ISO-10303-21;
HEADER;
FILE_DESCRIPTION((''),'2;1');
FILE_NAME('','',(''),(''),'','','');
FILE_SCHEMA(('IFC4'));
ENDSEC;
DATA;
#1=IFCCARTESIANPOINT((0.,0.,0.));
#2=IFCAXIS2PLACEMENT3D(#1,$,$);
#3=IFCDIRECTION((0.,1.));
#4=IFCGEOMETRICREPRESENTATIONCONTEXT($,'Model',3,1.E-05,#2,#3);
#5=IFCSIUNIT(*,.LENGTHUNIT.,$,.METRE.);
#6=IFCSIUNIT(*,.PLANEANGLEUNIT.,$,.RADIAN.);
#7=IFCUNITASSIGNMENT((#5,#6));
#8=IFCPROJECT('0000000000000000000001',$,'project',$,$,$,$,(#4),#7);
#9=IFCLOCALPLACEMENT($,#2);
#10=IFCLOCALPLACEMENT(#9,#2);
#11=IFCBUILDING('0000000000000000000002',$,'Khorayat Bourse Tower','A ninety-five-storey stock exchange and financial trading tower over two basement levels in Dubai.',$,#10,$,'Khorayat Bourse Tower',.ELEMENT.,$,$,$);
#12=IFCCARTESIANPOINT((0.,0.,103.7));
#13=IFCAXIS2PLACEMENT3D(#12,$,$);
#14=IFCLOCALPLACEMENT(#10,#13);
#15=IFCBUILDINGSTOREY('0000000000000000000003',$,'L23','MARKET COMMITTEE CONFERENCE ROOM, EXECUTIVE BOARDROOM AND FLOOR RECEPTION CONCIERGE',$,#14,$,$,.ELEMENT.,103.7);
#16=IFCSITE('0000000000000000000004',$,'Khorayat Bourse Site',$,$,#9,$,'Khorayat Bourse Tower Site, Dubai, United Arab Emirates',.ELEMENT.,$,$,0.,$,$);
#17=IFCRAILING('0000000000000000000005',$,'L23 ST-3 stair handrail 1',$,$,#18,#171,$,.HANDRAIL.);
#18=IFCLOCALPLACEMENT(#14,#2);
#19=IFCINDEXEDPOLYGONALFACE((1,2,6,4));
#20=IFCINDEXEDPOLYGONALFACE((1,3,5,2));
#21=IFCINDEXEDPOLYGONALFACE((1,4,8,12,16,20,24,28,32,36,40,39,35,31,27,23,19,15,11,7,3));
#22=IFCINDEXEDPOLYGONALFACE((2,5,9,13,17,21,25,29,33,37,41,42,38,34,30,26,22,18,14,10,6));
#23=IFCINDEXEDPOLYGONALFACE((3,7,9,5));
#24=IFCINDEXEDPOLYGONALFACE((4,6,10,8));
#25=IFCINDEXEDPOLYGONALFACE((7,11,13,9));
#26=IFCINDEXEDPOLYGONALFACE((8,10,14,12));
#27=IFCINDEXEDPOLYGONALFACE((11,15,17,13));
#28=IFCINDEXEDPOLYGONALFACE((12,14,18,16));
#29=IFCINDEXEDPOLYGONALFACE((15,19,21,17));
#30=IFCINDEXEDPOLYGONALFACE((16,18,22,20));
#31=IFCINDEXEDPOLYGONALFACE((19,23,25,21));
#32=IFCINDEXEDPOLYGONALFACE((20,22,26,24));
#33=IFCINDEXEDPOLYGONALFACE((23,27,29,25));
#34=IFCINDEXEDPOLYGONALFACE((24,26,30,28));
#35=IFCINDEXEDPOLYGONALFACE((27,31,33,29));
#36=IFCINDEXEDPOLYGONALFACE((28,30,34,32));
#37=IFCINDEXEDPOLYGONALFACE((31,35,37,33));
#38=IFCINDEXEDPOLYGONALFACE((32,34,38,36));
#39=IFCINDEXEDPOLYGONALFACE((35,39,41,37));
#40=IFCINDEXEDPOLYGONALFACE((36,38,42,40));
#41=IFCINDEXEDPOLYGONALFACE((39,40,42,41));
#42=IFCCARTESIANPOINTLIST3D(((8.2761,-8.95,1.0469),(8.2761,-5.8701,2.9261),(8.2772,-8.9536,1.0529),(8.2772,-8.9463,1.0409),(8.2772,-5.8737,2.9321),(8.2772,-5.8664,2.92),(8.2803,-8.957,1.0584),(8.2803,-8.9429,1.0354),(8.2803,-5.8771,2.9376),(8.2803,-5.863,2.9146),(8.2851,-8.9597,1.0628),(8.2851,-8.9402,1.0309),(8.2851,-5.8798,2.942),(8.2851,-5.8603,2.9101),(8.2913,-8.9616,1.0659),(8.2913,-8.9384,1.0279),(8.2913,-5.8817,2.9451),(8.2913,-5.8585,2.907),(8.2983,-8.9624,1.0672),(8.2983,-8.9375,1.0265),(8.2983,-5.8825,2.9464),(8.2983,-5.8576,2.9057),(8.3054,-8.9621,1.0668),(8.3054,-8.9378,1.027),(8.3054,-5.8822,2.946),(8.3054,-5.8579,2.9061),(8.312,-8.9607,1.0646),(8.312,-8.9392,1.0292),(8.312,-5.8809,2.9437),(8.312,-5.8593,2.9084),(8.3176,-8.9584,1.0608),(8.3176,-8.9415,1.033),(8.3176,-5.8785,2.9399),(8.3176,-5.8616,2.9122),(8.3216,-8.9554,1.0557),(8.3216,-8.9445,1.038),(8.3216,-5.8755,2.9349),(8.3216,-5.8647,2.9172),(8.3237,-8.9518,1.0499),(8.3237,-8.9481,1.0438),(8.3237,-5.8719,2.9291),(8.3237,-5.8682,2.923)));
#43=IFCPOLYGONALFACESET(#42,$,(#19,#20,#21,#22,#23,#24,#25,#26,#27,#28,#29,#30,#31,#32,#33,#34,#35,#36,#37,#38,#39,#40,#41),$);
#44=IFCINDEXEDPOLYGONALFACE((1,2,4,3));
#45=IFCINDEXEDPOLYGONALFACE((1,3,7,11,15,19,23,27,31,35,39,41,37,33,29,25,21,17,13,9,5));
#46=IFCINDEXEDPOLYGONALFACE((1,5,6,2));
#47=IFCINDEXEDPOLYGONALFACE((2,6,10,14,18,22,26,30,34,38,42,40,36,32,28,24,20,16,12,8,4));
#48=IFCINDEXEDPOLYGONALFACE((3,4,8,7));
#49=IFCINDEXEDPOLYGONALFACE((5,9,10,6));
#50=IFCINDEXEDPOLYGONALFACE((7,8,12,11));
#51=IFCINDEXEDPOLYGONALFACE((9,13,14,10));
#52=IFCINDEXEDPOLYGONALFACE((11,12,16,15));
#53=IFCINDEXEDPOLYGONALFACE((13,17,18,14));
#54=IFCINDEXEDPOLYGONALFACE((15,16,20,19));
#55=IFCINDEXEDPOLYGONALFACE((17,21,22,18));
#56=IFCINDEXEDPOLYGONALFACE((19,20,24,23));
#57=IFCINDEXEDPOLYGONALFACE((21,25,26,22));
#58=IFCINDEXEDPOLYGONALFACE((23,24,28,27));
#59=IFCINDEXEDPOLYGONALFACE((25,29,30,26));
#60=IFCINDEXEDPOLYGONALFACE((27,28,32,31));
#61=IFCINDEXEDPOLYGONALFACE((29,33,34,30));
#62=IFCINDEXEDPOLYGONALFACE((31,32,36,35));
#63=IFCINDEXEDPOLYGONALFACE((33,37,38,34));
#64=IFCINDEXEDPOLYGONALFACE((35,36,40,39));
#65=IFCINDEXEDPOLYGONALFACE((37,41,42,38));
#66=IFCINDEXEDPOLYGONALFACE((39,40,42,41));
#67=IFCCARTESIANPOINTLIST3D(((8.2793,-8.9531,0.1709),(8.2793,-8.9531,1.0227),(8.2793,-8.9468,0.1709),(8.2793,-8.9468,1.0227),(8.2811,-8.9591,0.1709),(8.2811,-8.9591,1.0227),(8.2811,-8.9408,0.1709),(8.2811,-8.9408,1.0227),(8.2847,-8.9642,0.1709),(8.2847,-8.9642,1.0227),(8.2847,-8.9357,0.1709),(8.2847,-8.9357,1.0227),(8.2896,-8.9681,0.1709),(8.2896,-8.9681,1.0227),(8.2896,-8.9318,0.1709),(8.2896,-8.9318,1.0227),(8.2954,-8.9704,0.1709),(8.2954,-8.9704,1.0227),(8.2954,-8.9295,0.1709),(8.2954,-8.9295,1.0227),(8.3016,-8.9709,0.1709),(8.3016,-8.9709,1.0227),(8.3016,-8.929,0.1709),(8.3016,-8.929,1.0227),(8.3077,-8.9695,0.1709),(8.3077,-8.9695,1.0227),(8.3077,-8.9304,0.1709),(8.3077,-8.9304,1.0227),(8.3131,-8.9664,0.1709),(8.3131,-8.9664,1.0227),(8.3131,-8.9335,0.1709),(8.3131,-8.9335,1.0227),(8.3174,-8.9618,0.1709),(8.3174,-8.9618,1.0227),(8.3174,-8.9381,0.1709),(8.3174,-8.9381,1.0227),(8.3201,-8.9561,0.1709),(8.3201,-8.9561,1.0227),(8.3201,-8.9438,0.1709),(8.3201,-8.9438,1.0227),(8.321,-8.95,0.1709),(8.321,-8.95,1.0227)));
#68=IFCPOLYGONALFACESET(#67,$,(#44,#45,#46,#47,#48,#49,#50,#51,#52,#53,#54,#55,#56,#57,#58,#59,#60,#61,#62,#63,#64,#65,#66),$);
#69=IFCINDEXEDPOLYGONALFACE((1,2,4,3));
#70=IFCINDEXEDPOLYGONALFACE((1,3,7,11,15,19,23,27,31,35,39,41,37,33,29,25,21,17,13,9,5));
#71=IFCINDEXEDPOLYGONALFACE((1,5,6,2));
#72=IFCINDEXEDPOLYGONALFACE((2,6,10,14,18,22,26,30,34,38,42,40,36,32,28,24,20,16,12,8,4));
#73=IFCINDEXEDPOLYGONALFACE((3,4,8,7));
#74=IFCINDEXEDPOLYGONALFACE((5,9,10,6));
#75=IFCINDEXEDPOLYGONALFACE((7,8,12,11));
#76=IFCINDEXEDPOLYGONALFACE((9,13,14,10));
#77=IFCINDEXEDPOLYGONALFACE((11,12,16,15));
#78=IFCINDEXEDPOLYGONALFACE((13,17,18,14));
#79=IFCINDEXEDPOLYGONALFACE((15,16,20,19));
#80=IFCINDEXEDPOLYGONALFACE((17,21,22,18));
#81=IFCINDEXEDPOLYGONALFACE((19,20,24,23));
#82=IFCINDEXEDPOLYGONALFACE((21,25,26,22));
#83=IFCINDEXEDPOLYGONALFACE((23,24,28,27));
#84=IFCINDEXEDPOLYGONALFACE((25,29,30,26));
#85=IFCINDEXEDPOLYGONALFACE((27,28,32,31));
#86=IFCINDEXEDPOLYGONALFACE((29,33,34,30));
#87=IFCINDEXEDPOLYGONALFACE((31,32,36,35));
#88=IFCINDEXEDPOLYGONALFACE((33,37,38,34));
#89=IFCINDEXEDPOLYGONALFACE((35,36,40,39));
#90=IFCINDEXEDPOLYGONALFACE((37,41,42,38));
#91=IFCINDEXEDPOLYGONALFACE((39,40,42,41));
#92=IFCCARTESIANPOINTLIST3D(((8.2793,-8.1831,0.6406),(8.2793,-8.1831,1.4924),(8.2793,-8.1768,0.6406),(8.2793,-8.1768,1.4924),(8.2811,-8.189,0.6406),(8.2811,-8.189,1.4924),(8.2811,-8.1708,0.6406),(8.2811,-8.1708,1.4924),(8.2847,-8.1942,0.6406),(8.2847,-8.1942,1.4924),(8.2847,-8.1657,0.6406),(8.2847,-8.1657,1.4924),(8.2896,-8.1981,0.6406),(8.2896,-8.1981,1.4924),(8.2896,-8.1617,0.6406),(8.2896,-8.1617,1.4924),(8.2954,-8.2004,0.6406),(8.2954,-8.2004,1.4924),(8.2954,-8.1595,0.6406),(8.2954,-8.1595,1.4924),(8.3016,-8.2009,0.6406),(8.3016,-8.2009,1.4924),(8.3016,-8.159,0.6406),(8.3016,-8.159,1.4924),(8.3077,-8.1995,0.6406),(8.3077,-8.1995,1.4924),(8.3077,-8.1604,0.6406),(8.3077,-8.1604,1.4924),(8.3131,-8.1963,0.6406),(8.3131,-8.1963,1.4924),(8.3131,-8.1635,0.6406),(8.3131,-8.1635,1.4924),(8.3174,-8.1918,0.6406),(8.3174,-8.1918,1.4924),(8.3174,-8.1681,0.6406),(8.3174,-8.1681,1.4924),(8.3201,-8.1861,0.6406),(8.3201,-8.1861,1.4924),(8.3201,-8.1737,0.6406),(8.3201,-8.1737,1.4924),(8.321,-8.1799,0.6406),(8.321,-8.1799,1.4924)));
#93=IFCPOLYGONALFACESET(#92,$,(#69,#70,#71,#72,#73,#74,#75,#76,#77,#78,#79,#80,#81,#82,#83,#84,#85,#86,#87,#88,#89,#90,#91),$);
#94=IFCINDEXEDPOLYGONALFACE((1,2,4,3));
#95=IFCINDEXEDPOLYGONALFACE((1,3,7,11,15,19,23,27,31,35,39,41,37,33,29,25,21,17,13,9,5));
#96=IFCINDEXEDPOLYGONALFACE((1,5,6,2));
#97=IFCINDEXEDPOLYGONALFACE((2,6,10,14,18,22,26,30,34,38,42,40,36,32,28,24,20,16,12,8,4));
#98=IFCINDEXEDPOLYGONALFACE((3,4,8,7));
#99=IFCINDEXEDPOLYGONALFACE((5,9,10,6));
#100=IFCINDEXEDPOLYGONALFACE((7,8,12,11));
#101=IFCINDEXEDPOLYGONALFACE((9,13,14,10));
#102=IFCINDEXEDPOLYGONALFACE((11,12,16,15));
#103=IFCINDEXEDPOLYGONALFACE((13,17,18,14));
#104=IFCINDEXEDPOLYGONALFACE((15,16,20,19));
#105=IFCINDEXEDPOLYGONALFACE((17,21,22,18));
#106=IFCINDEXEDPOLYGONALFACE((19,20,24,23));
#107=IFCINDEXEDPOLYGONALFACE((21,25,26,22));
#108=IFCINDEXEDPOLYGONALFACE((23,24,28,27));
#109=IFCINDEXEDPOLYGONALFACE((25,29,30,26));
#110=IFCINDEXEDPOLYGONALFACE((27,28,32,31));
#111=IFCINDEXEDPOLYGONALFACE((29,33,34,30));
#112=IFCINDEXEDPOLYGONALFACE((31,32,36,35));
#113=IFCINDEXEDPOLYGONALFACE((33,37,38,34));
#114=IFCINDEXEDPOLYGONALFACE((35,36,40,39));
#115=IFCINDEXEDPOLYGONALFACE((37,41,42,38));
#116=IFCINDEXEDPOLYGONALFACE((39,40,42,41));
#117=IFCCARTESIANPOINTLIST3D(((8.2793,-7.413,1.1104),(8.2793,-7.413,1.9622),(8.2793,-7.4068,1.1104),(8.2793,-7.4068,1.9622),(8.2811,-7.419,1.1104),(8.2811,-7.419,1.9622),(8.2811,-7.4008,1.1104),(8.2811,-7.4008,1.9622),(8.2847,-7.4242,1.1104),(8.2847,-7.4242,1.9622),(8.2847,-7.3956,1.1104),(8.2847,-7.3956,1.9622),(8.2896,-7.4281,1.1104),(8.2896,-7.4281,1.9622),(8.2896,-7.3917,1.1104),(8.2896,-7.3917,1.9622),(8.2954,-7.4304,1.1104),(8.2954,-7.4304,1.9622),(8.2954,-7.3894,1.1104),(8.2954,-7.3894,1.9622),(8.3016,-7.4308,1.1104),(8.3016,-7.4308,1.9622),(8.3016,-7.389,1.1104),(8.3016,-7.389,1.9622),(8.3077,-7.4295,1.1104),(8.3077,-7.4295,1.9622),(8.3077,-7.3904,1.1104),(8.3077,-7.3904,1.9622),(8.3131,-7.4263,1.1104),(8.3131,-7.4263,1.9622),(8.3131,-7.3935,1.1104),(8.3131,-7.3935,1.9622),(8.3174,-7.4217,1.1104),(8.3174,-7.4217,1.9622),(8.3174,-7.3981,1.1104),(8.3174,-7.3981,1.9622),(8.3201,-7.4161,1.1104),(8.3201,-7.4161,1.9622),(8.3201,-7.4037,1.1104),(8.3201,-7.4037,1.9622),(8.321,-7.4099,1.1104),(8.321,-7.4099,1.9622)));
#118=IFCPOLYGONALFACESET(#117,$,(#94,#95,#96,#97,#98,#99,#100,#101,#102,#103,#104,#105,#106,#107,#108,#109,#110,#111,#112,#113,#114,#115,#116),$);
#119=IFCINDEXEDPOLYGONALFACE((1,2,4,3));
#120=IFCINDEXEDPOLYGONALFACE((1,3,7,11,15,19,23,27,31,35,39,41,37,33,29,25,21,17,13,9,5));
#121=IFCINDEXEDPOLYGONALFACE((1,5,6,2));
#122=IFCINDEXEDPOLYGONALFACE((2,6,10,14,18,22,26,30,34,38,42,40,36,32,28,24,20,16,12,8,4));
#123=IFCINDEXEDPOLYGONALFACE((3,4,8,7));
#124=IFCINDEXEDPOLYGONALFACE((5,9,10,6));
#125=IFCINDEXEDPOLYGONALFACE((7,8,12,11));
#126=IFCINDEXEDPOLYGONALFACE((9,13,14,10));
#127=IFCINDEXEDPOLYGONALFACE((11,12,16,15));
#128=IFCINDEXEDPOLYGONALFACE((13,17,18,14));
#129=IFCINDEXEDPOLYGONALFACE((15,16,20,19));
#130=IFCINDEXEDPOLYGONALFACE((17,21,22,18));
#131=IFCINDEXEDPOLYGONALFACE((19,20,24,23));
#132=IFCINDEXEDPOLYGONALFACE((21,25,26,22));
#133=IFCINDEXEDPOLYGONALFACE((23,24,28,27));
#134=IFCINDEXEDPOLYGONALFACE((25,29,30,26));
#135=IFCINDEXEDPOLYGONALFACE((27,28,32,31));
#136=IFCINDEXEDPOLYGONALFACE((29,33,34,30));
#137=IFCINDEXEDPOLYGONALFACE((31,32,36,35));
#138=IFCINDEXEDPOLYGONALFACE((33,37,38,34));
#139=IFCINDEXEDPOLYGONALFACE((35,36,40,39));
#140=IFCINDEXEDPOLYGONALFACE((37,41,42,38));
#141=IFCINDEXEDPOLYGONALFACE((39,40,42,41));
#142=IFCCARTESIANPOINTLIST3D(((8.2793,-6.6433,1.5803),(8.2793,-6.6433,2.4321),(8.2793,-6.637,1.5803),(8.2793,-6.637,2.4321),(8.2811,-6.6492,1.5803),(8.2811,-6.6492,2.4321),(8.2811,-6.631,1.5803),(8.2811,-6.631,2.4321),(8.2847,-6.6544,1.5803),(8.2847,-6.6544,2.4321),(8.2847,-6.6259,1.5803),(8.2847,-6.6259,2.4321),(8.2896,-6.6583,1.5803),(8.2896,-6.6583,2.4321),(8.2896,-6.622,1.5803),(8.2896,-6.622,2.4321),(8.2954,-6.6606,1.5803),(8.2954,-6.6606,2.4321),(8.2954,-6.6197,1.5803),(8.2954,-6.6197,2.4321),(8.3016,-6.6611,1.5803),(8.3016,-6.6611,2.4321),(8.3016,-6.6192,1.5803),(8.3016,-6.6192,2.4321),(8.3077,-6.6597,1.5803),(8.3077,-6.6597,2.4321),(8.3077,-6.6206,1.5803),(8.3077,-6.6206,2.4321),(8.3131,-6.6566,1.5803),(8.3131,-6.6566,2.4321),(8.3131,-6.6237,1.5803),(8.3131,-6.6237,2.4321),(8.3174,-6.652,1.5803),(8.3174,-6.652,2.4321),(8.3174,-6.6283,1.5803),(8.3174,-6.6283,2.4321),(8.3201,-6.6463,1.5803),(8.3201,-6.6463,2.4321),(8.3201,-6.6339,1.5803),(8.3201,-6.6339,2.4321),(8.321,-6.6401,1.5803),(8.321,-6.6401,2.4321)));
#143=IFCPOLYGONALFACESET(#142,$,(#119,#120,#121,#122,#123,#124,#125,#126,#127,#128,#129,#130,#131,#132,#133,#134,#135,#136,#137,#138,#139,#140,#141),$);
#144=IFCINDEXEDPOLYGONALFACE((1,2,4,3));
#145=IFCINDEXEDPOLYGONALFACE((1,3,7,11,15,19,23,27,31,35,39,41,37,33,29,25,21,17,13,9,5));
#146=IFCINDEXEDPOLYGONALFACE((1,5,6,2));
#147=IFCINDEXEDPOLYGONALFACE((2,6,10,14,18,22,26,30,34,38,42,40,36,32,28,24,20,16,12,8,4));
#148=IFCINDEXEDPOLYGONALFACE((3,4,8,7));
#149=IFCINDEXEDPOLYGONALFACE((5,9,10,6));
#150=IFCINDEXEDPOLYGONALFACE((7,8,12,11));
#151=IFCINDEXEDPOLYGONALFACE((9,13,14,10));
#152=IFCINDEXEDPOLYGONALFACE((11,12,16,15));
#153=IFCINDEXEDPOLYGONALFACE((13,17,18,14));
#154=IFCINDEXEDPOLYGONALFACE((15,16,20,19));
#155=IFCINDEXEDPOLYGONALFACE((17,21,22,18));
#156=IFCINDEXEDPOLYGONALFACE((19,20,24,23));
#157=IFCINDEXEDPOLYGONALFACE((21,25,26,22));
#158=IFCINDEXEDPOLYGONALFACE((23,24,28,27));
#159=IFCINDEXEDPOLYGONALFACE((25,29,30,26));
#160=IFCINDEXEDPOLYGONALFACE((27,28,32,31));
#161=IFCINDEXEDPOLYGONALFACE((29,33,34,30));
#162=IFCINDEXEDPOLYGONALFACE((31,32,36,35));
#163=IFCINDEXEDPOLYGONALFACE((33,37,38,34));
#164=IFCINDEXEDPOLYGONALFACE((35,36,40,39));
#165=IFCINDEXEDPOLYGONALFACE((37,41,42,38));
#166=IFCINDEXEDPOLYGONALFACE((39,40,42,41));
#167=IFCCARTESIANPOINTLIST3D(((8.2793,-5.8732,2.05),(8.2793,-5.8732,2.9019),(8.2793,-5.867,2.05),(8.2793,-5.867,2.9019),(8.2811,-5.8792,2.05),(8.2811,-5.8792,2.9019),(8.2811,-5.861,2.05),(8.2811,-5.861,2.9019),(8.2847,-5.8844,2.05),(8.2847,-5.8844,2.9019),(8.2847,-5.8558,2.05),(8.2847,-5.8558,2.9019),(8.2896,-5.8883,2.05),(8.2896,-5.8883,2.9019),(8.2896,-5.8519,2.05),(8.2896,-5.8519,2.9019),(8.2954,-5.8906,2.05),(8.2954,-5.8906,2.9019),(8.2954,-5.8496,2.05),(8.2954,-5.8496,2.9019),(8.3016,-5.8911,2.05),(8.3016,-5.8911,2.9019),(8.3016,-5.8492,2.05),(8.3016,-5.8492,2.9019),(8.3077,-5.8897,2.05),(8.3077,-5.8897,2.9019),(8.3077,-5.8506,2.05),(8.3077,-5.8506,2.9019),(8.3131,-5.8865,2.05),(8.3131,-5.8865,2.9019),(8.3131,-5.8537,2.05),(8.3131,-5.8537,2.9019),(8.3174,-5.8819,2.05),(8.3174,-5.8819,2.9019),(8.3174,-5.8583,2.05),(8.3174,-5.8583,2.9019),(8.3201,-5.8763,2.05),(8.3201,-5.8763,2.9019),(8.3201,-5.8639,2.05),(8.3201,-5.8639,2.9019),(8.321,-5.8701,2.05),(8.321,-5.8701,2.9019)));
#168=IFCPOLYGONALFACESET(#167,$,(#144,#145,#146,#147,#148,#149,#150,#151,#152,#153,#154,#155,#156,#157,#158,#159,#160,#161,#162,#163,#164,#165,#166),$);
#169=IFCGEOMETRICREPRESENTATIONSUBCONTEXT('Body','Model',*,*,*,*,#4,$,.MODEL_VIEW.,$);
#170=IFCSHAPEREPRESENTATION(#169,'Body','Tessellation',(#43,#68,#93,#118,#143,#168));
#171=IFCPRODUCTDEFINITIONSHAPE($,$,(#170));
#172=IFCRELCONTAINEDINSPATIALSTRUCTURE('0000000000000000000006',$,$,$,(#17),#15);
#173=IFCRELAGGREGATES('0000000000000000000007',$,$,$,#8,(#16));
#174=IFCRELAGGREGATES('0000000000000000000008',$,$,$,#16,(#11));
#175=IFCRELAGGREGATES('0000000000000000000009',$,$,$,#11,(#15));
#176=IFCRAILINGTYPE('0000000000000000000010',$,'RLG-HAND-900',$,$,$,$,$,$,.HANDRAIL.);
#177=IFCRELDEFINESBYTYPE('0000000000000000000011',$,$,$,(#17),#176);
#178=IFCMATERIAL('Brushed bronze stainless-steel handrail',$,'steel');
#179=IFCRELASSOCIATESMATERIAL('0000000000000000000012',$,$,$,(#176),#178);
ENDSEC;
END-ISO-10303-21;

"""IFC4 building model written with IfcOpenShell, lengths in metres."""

from ifc_helpers import new_model, si_unit, direction, frame, origin, origin_2d, place, context, subcontext, project, spatial, circle, extrude, source, transform, mapped, material, type_object, element, save


model = new_model("IFC4")

# Units and contexts
model_context = context("Model", 3, precision=1e-05, world=origin(), true_north=direction((0.0, 1.0)))
body_context = subcontext(model_context, "Body", "Model", "MODEL_VIEW")
ifc_project = project(units=[si_unit("LENGTHUNIT", "METRE"), si_unit("PLANEANGLEUNIT", "RADIAN")], contexts=[model_context])

# Site, building, storey
site_placement = place(None, origin())
site = spatial("IfcSite", under=ifc_project, at=site_placement, Name="Khorayat Bourse Site", LongName="Khorayat Bourse Tower Site, Dubai, United Arab Emirates", CompositionType="ELEMENT", RefElevation=0.0)
building_placement = place(site_placement, origin())
building = spatial("IfcBuilding", under=site, at=building_placement, Name="Khorayat Bourse Tower", Description="A ninety-five-storey stock exchange and financial trading tower over two basement levels in Dubai.", LongName="Khorayat Bourse Tower", CompositionType="ELEMENT")
storey_placement = place(building_placement, frame((0.0, 0.0, 103.7)))
storey = spatial("IfcBuildingStorey", under=building, at=storey_placement, Name="L23", Description="MARKET COMMITTEE CONFERENCE ROOM, EXECUTIVE BOARDROOM AND FLOOR RECEPTION CONCIERGE", CompositionType="ELEMENT", Elevation=103.7)

# Railing
ifc_material_1 = material(Name="Brushed bronze stainless-steel handrail", Category="steel")
railing_type_1 = type_object("IfcRailingType", Name="RLG-HAND-900", PredefinedType="HANDRAIL", material=ifc_material_1)
shared_shape_1 = source(origin(), body_context, "Body", "SweptSolid", [
    extrude(circle(Radius=0.0239, at=origin_2d()), frame((0.0, 0.0, 0.876), z_axis=(0.0, 0.853648, 0.52085), x_axis=(-1.0, 0.0, 0.0)), (0.0, 0.0, 1.0), 3.6079),
    extrude(circle(Radius=0.021, at=origin_2d()), origin(), (0.0, 0.0, 1.0), 0.8518),
    extrude(circle(Radius=0.021, at=origin_2d()), frame((0.0, 0.77, 0.4697)), (0.0, 0.0, 1.0), 0.8518),
    extrude(circle(Radius=0.021, at=origin_2d()), frame((0.0, 1.54, 0.9395)), (0.0, 0.0, 1.0), 0.8518),
    extrude(circle(Radius=0.021, at=origin_2d()), frame((0.0, 2.3098, 1.4094)), (0.0, 0.0, 1.0), 0.8518),
    extrude(circle(Radius=0.021, at=origin_2d()), frame((0.0, 3.0798, 1.8792)), (0.0, 0.0, 1.0), 0.8518),
])
railing_1_placement = place(storey_placement, frame((8.3, -8.95, 0.1709)))
element("IfcRailing", 1, at=railing_1_placement, inside=storey, type_object=railing_type_1, Name="L23 ST-3 stair handrail 1", PredefinedType="HANDRAIL", context=body_context, shape_type="MappedRepresentation", body=[
    mapped(shared_shape_1, transform((0.0, 0.0, 0.0), scale=1.0)),
])

save(model, "model.ifc")
